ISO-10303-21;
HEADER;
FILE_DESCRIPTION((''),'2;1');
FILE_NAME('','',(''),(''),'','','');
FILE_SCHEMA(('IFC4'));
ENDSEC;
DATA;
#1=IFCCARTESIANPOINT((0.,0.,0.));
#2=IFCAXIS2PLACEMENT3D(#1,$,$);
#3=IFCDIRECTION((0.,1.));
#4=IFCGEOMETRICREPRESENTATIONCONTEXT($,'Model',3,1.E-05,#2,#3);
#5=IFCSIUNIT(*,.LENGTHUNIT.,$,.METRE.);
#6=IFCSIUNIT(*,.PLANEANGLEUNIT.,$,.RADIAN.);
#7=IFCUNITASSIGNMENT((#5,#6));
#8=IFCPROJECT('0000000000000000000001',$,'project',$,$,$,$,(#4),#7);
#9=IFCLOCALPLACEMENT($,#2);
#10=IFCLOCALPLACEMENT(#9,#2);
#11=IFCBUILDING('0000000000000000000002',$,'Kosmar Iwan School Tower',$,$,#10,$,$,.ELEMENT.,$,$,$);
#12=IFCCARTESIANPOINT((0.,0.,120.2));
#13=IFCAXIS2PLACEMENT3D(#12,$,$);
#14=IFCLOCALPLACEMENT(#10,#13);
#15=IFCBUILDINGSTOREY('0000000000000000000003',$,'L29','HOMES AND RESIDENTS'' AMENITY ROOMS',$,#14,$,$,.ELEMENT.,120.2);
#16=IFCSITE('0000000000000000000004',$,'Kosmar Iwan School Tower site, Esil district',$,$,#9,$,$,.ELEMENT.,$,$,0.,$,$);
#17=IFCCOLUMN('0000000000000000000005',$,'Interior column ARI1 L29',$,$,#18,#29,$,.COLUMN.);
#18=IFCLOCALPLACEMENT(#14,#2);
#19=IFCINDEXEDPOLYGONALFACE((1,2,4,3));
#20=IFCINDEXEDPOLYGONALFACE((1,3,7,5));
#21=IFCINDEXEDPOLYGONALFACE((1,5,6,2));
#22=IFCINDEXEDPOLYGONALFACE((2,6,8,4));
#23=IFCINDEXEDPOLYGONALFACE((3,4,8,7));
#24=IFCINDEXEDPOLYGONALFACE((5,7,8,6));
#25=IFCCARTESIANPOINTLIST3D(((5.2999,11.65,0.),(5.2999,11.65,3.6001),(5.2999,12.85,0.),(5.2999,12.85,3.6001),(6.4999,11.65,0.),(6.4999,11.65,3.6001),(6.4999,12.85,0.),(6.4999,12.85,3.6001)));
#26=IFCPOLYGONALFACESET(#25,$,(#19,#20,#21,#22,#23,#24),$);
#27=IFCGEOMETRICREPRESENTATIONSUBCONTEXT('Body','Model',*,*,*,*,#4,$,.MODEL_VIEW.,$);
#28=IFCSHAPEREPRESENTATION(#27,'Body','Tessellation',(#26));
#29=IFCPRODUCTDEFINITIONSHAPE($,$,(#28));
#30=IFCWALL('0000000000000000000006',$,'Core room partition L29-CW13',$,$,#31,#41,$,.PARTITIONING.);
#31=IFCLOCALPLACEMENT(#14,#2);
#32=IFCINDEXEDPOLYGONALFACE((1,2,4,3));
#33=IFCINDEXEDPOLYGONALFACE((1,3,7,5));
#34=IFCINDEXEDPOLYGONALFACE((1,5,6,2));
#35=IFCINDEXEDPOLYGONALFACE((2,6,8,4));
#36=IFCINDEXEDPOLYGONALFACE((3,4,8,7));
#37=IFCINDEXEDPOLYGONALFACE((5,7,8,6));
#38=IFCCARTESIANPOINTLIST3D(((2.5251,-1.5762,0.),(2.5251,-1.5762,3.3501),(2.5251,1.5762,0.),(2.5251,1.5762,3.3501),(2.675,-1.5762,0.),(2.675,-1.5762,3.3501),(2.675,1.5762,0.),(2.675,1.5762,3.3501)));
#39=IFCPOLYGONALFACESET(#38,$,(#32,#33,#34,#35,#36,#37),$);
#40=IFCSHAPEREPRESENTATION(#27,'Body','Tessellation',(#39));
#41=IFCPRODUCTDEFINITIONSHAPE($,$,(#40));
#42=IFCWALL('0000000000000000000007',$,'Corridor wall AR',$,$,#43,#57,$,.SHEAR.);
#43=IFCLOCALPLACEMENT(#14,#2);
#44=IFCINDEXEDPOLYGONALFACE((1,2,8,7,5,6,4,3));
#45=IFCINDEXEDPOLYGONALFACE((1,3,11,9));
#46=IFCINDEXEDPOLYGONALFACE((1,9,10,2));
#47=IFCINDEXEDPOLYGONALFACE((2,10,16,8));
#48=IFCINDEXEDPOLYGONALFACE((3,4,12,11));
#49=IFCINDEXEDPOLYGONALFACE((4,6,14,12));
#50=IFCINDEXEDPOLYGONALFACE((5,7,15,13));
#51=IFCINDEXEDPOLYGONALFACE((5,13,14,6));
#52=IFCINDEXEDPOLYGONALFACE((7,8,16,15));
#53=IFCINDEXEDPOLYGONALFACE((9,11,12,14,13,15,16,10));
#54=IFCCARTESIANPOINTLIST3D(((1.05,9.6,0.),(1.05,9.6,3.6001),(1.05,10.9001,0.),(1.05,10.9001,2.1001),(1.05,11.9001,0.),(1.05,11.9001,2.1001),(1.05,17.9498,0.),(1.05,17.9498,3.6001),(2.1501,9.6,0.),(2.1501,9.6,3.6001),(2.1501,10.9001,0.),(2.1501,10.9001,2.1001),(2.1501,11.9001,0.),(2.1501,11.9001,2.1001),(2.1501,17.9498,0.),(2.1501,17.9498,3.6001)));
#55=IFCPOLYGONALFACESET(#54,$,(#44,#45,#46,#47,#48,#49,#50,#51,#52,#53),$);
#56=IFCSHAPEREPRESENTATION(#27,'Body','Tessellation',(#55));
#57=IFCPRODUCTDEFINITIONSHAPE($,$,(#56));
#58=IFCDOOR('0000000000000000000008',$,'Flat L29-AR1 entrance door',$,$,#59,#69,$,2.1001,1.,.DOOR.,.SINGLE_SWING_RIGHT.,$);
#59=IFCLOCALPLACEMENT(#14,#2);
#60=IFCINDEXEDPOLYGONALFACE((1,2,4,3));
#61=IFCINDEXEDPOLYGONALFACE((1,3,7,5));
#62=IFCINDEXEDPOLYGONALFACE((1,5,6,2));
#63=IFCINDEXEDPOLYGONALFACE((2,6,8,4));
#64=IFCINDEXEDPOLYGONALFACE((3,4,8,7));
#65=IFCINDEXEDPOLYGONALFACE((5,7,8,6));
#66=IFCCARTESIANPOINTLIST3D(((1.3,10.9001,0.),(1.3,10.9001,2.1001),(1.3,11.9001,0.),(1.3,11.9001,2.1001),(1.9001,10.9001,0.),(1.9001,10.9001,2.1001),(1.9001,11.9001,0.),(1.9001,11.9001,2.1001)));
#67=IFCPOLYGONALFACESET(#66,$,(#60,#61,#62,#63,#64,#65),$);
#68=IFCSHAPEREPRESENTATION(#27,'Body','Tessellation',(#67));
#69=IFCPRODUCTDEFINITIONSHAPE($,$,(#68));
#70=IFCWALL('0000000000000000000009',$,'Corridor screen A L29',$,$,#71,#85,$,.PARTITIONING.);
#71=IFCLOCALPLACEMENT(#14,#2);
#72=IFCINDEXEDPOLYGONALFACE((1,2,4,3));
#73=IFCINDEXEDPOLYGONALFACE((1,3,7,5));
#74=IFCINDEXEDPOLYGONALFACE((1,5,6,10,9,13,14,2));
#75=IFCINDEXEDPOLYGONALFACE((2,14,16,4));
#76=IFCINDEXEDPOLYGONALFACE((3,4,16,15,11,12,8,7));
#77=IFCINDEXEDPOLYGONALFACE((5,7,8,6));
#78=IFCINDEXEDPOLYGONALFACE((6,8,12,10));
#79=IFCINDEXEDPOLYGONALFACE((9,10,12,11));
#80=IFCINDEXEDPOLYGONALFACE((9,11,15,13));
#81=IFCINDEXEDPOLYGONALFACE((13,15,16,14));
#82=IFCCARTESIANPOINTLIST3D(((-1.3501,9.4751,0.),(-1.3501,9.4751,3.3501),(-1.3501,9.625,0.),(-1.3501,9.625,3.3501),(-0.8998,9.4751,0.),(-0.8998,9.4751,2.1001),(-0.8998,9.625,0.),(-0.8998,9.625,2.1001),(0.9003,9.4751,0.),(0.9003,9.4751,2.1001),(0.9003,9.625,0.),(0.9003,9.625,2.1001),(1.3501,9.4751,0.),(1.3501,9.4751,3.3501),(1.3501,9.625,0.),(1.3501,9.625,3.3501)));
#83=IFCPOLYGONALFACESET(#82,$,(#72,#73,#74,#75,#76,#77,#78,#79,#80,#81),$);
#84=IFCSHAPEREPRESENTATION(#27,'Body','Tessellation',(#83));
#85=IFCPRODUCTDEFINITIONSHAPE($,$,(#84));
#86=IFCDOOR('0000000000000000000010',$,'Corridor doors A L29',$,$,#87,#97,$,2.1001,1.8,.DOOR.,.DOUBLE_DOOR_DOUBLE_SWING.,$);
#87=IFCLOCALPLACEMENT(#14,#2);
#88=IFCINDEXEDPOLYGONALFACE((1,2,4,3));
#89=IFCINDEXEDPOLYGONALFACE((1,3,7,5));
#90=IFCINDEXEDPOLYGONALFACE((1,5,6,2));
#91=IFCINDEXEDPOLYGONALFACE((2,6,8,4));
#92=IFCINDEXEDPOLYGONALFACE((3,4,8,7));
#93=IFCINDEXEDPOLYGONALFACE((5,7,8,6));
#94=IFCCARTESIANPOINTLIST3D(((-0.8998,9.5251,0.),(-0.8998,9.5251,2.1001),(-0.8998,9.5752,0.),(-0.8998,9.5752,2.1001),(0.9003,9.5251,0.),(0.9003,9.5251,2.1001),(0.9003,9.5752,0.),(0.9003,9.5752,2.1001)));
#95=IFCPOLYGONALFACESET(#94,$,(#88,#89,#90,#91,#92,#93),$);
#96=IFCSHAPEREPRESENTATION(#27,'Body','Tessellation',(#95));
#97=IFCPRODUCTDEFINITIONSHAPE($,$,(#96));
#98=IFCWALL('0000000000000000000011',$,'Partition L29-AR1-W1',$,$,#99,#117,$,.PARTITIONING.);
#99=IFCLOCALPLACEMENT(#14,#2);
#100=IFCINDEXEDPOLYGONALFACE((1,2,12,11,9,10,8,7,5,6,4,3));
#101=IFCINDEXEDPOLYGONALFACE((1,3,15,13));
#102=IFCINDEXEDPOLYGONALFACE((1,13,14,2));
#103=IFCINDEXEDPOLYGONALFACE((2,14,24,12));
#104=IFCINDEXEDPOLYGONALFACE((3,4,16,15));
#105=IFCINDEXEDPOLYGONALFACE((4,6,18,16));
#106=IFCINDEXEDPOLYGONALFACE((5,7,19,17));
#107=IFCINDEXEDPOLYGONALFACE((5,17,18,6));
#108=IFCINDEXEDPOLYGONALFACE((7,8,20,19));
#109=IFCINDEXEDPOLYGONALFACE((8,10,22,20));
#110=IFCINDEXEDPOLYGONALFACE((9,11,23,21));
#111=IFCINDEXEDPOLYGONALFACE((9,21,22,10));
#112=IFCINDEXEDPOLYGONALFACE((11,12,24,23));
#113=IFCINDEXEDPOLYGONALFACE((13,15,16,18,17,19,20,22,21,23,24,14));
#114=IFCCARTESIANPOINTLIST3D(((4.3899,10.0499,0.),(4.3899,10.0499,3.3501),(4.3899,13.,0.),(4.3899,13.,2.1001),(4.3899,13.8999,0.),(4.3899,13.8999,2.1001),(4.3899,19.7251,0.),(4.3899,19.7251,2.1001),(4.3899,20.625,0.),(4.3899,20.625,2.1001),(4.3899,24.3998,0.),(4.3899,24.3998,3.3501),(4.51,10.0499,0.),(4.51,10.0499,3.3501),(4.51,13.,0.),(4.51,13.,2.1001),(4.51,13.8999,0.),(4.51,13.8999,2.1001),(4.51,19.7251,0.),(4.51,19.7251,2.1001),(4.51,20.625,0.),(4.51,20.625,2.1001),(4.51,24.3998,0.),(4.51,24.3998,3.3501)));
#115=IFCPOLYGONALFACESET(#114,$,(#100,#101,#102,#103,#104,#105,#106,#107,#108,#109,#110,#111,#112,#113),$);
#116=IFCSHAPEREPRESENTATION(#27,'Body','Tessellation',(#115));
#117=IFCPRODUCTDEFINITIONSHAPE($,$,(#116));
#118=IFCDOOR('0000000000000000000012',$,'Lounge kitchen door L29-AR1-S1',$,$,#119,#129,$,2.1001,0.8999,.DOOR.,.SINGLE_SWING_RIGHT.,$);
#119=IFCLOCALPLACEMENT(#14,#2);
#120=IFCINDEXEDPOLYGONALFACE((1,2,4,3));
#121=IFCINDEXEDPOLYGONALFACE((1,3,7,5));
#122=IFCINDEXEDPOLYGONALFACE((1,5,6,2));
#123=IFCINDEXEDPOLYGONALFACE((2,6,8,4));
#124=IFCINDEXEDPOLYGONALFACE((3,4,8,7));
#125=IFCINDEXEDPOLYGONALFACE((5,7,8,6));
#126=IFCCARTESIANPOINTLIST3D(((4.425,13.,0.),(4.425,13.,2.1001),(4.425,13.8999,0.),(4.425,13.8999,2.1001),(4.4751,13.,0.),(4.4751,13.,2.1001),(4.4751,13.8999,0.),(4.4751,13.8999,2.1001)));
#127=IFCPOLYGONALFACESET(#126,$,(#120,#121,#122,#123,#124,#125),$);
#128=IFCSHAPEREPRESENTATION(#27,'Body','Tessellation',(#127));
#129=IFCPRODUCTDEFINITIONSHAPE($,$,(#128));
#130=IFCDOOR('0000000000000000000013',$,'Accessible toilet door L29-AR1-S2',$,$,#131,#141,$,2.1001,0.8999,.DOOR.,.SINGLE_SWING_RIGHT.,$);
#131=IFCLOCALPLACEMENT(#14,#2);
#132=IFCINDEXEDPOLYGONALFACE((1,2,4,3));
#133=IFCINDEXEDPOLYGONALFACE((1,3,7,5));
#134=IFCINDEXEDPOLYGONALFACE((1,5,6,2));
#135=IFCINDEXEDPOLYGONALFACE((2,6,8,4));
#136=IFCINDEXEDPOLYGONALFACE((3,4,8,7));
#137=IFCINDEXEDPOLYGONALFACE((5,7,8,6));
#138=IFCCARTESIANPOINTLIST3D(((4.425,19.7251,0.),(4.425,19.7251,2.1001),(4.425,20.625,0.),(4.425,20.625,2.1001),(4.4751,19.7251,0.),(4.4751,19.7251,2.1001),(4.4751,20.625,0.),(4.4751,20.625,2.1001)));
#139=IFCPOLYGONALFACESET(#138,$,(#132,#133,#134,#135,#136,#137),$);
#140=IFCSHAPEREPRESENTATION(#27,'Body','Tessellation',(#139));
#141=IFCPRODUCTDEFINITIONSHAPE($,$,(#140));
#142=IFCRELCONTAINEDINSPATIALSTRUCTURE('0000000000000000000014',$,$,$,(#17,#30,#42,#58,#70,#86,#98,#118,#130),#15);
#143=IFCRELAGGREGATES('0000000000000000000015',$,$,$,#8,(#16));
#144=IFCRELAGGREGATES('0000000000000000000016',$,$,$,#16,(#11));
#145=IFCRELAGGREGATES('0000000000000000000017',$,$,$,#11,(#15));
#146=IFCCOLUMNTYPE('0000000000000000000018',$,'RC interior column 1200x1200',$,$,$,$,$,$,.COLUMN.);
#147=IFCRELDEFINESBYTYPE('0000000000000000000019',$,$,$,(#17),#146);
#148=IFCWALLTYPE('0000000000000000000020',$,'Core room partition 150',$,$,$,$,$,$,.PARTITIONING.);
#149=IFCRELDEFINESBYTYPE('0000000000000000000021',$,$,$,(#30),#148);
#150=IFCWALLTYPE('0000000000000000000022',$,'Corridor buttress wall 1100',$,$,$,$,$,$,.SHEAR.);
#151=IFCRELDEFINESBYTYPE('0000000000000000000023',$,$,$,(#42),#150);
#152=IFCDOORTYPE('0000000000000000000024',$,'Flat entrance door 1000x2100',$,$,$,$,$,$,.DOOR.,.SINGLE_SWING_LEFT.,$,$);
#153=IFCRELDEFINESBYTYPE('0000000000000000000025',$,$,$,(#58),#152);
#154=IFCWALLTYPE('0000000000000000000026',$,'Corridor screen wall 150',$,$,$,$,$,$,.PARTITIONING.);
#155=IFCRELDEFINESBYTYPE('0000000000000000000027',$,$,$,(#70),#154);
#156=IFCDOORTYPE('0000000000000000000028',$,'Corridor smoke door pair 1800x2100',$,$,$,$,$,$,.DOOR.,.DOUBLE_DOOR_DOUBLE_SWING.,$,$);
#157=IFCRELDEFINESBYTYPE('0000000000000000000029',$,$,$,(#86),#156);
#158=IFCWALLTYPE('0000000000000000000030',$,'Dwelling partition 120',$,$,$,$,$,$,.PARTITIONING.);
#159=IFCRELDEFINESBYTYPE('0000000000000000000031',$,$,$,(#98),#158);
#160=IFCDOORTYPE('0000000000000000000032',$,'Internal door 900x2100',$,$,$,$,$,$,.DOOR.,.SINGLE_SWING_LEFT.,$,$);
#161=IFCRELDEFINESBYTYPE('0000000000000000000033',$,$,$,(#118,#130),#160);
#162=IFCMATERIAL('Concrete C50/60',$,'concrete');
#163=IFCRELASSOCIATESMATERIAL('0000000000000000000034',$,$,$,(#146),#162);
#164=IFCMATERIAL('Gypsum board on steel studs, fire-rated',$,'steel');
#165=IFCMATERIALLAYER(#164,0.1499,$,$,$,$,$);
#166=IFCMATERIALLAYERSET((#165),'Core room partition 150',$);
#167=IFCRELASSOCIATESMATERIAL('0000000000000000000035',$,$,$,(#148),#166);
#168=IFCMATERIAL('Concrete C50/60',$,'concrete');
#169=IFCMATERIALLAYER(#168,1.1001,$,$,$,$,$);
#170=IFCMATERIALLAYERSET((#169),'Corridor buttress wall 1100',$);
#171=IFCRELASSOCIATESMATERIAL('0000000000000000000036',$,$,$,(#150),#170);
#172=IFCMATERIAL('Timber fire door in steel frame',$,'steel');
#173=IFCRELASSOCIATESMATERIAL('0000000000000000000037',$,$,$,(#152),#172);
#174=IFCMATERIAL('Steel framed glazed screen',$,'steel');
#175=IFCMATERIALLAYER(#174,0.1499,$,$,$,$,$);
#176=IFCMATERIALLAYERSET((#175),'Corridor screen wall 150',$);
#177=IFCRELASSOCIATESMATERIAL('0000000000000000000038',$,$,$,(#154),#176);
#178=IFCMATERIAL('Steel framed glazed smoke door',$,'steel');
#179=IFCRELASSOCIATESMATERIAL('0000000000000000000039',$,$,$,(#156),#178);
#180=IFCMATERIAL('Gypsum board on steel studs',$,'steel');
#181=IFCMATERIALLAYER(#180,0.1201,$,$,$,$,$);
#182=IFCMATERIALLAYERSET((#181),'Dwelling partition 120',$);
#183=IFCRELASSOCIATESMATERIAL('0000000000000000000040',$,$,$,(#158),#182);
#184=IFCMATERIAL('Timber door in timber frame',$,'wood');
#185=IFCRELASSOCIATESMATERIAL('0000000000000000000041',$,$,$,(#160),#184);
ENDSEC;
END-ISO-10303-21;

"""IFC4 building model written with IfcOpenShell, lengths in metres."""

from ifc_helpers import new_model, si_unit, direction, frame, frame_2d, origin, origin_2d, place, context, subcontext, project, spatial, rectangle, extrude, material, layer, layer_set, material_profile, profile_set, type_object, element, fill, save


model = new_model("IFC4")

# Units and contexts
model_context = context("Model", 3, precision=1e-05, world=origin(), true_north=direction((0.0, 1.0)))
body_context = subcontext(model_context, "Body", "Model", "MODEL_VIEW")
ifc_project = project(units=[si_unit("LENGTHUNIT", "METRE"), si_unit("PLANEANGLEUNIT", "RADIAN")], contexts=[model_context])

# Site, building, storey
site_placement = place(None, origin())
site = spatial("IfcSite", under=ifc_project, at=site_placement, Name="Kosmar Iwan School Tower site, Esil district", CompositionType="ELEMENT", RefElevation=0.0)
building_placement = place(site_placement, origin())
building = spatial("IfcBuilding", under=site, at=building_placement, Name="Kosmar Iwan School Tower", CompositionType="ELEMENT")
storey_placement = place(building_placement, frame((0.0, 0.0, 120.2)))
storey = spatial("IfcBuildingStorey", under=building, at=storey_placement, Name="L29", Description="HOMES AND RESIDENTS' AMENITY ROOMS", CompositionType="ELEMENT", Elevation=120.2)

# Column
ifc_material_1 = material(Name="Concrete C50/60", Category="concrete")
ifc_material_profile = material_profile(ifc_material_1, rectangle(XDim=1.2, YDim=1.2, at=origin_2d()), Name="RC 1200x1200")
ifc_profile_set = profile_set([ifc_material_profile], Name="Concrete C50/60")
column_type = type_object("IfcColumnType", Name="RC interior column 1200x1200", PredefinedType="COLUMN", material=ifc_profile_set)
column_placement = place(storey_placement, frame((5.8999, 12.25, 0.0), z_axis=(0.0, 0.0, 1.0), x_axis=(0.0, 1.0, 0.0)))
element("IfcColumn", 1, at=column_placement, inside=storey, type_object=column_type, Name="Interior column ARI1 L29", PredefinedType="COLUMN", context=body_context, shape_type="SweptSolid", body=[
    extrude(rectangle(XDim=1.2, YDim=1.2, at=origin_2d()), origin(), (0.0, 0.0, 1.0), 3.6001),
])

# Wall
ifc_material_2 = material(Name="Gypsum board on steel studs, fire-rated", Category="steel")
ifc_layer_1 = layer(ifc_material_2, 0.1499)
ifc_layer_set_1 = layer_set([ifc_layer_1], Name="Core room partition 150")
wall_type_1 = type_object("IfcWallType", Name="Core room partition 150", PredefinedType="PARTITIONING", material=ifc_layer_set_1)
wall_1_placement = place(storey_placement, frame((2.6001, 1.5762, 0.0), z_axis=(0.0, 0.0, 1.0), x_axis=(0.0, -1.0, 0.0)))
element("IfcWall", 2, at=wall_1_placement, inside=storey, type_object=wall_type_1, Name="Core room partition L29-CW13", PredefinedType="PARTITIONING", context=body_context, shape_type="SweptSolid", body=[
    extrude(rectangle(XDim=3.1523, YDim=0.1499, at=frame_2d((1.5762, 0.0))), origin(), (0.0, 0.0, 1.0), 3.3501),
])

# Walls, openings, doors
ifc_material_3 = material(Name="Concrete C50/60", Category="concrete")
ifc_layer_2 = layer(ifc_material_3, 1.1001)
ifc_layer_set_2 = layer_set([ifc_layer_2], Name="Corridor buttress wall 1100")
wall_type_2 = type_object("IfcWallType", Name="Corridor buttress wall 1100", PredefinedType="SHEAR", material=ifc_layer_set_2)
wall_2_placement = place(storey_placement, frame((1.6001, 9.6001, 0.0), z_axis=(0.0, 0.0, 1.0), x_axis=(0.0, 1.0, 0.0)))
wall_2 = element("IfcWall", 3, at=wall_2_placement, inside=storey, type_object=wall_type_2, Name="Corridor wall AR", PredefinedType="SHEAR", context=body_context, shape_type="SweptSolid", body=[
    extrude(rectangle(XDim=8.3499, YDim=1.1001, at=frame_2d((4.1748, 0.0))), origin(), (0.0, 0.0, 1.0), 3.6001),
])
opening_1_placement = place(wall_2_placement, frame((1.3, 0.0, 0.0)))
opening_1 = element("IfcOpeningElement", 4, at=opening_1_placement, cuts=wall_2, PredefinedType="OPENING", context=body_context, shape_type="SweptSolid", body=[
    extrude(rectangle(XDim=1.0, YDim=2.1001, at=frame_2d((0.5, 1.05))), frame((0.0, 0.562, 0.0), z_axis=(0.0, -1.0, 0.0), x_axis=(1.0, 0.0, 0.0)), (0.0, 0.0, 1.0), 1.124),
])
ifc_material_4 = material(Name="Timber fire door in steel frame", Category="steel")
door_type_1 = type_object("IfcDoorType", Name="Flat entrance door 1000x2100", OperationType="SINGLE_SWING_LEFT", PredefinedType="DOOR", material=ifc_material_4)
door_1_placement = place(opening_1_placement, origin())
door_1 = element("IfcDoor", 5, at=door_1_placement, inside=storey, type_object=door_type_1, Name="Flat L29-AR1 entrance door", OperationType="SINGLE_SWING_RIGHT", OverallHeight=2.1001, OverallWidth=1.0, PredefinedType="DOOR", context=body_context, shape_type="SweptSolid", body=[
    extrude(rectangle(XDim=1.0, YDim=2.1001, at=frame_2d((0.5, 1.05))), frame((0.0, 0.3, 0.0), z_axis=(0.0, -1.0, 0.0), x_axis=(1.0, 0.0, 0.0)), (0.0, 0.0, 1.0), 0.6001),
])
fill(opening_1, door_1)
ifc_material_5 = material(Name="Steel framed glazed screen", Category="steel")
ifc_layer_3 = layer(ifc_material_5, 0.1499)
ifc_layer_set_3 = layer_set([ifc_layer_3], Name="Corridor screen wall 150")
wall_type_3 = type_object("IfcWallType", Name="Corridor screen wall 150", PredefinedType="PARTITIONING", material=ifc_layer_set_3)
wall_3_placement = place(storey_placement, frame((1.3501, 9.55, 0.0), z_axis=(0.0, 0.0, 1.0), x_axis=(-1.0, 0.0, 0.0)))
wall_3 = element("IfcWall", 6, at=wall_3_placement, inside=storey, type_object=wall_type_3, Name="Corridor screen A L29", PredefinedType="PARTITIONING", context=body_context, shape_type="SweptSolid", body=[
    extrude(rectangle(XDim=2.7002, YDim=0.1499, at=frame_2d((1.3501, 0.0))), origin(), (0.0, 0.0, 1.0), 3.3501),
])
opening_2_placement = place(wall_3_placement, frame((0.45, 0.0, 0.0)))
opening_2 = element("IfcOpeningElement", 7, at=opening_2_placement, cuts=wall_3, PredefinedType="OPENING", context=body_context, shape_type="SweptSolid", body=[
    extrude(rectangle(XDim=1.8, YDim=2.1001, at=frame_2d((0.8999, 1.05))), frame((0.0, 0.0869, 0.0), z_axis=(0.0, -1.0, 0.0), x_axis=(1.0, 0.0, 0.0)), (0.0, 0.0, 1.0), 0.1738),
])
ifc_material_6 = material(Name="Steel framed glazed smoke door", Category="steel")
door_type_2 = type_object("IfcDoorType", Name="Corridor smoke door pair 1800x2100", OperationType="DOUBLE_DOOR_DOUBLE_SWING", PredefinedType="DOOR", material=ifc_material_6)
door_2_placement = place(opening_2_placement, origin())
door_2 = element("IfcDoor", 8, at=door_2_placement, inside=storey, type_object=door_type_2, Name="Corridor doors A L29", OperationType="DOUBLE_DOOR_DOUBLE_SWING", OverallHeight=2.1001, OverallWidth=1.8, PredefinedType="DOOR", context=body_context, shape_type="SweptSolid", body=[
    extrude(rectangle(XDim=1.8, YDim=2.1001, at=frame_2d((0.8999, 1.05))), frame((0.0, 0.0249, 0.0), z_axis=(0.0, -1.0, 0.0), x_axis=(1.0, 0.0, 0.0)), (0.0, 0.0, 1.0), 0.05),
])
fill(opening_2, door_2)

# Wall, openings, doors
ifc_material_7 = material(Name="Gypsum board on steel studs", Category="steel")
ifc_layer_4 = layer(ifc_material_7, 0.1201)
ifc_layer_set_4 = layer_set([ifc_layer_4], Name="Dwelling partition 120")
wall_type_4 = type_object("IfcWallType", Name="Dwelling partition 120", PredefinedType="PARTITIONING", material=ifc_layer_set_4)
wall_4_placement = place(storey_placement, frame((4.45, 10.05, 0.0), z_axis=(0.0, 0.0, 1.0), x_axis=(0.0, 1.0, 0.0)))
wall_4 = element("IfcWall", 9, at=wall_4_placement, inside=storey, type_object=wall_type_4, Name="Partition L29-AR1-W1", PredefinedType="PARTITIONING", context=body_context, shape_type="SweptSolid", body=[
    extrude(rectangle(XDim=14.3499, YDim=0.1201, at=frame_2d((7.1748, 0.0))), origin(), (0.0, 0.0, 1.0), 3.3501),
])
opening_3_placement = place(wall_4_placement, frame((2.95, 0.0, 0.0)))
opening_3 = element("IfcOpeningElement", 10, at=opening_3_placement, cuts=wall_4, PredefinedType="OPENING", context=body_context, shape_type="SweptSolid", body=[
    extrude(rectangle(XDim=0.8999, YDim=2.1001, at=frame_2d((0.45, 1.05))), frame((0.0, 0.072, 0.0), z_axis=(0.0, -1.0, 0.0), x_axis=(1.0, 0.0, 0.0)), (0.0, 0.0, 1.0), 0.144),
])
opening_4_placement = place(wall_4_placement, frame((9.675, 0.0, 0.0)))
opening_4 = element("IfcOpeningElement", 11, at=opening_4_placement, cuts=wall_4, PredefinedType="OPENING", context=body_context, shape_type="SweptSolid", body=[
    extrude(rectangle(XDim=0.8999, YDim=2.1001, at=frame_2d((0.45, 1.05))), frame((0.0, 0.072, 0.0), z_axis=(0.0, -1.0, 0.0), x_axis=(1.0, 0.0, 0.0)), (0.0, 0.0, 1.0), 0.144),
])
ifc_material_8 = material(Name="Timber door in timber frame", Category="wood")
door_type_3 = type_object("IfcDoorType", Name="Internal door 900x2100", OperationType="SINGLE_SWING_LEFT", PredefinedType="DOOR", material=ifc_material_8)
door_3_placement = place(opening_3_placement, origin())
door_3 = element("IfcDoor", 12, at=door_3_placement, inside=storey, type_object=door_type_3, Name="Lounge kitchen door L29-AR1-S1", OperationType="SINGLE_SWING_RIGHT", OverallHeight=2.1001, OverallWidth=0.8999, PredefinedType="DOOR", context=body_context, shape_type="SweptSolid", body=[
    extrude(rectangle(XDim=0.8999, YDim=2.1001, at=frame_2d((0.45, 1.05))), frame((0.0, 0.0249, 0.0), z_axis=(0.0, -1.0, 0.0), x_axis=(1.0, 0.0, 0.0)), (0.0, 0.0, 1.0), 0.05),
])
fill(opening_3, door_3)
door_4_placement = place(opening_4_placement, origin())
door_4 = element("IfcDoor", 13, at=door_4_placement, inside=storey, type_object=door_type_3, Name="Accessible toilet door L29-AR1-S2", OperationType="SINGLE_SWING_RIGHT", OverallHeight=2.1001, OverallWidth=0.8999, PredefinedType="DOOR", context=body_context, shape_type="SweptSolid", body=[
    extrude(rectangle(XDim=0.8999, YDim=2.1001, at=frame_2d((0.45, 1.05))), frame((0.0, 0.0249, 0.0), z_axis=(0.0, -1.0, 0.0), x_axis=(1.0, 0.0, 0.0)), (0.0, 0.0, 1.0), 0.05),
])
fill(opening_4, door_4)

save(model, "model.ifc")
